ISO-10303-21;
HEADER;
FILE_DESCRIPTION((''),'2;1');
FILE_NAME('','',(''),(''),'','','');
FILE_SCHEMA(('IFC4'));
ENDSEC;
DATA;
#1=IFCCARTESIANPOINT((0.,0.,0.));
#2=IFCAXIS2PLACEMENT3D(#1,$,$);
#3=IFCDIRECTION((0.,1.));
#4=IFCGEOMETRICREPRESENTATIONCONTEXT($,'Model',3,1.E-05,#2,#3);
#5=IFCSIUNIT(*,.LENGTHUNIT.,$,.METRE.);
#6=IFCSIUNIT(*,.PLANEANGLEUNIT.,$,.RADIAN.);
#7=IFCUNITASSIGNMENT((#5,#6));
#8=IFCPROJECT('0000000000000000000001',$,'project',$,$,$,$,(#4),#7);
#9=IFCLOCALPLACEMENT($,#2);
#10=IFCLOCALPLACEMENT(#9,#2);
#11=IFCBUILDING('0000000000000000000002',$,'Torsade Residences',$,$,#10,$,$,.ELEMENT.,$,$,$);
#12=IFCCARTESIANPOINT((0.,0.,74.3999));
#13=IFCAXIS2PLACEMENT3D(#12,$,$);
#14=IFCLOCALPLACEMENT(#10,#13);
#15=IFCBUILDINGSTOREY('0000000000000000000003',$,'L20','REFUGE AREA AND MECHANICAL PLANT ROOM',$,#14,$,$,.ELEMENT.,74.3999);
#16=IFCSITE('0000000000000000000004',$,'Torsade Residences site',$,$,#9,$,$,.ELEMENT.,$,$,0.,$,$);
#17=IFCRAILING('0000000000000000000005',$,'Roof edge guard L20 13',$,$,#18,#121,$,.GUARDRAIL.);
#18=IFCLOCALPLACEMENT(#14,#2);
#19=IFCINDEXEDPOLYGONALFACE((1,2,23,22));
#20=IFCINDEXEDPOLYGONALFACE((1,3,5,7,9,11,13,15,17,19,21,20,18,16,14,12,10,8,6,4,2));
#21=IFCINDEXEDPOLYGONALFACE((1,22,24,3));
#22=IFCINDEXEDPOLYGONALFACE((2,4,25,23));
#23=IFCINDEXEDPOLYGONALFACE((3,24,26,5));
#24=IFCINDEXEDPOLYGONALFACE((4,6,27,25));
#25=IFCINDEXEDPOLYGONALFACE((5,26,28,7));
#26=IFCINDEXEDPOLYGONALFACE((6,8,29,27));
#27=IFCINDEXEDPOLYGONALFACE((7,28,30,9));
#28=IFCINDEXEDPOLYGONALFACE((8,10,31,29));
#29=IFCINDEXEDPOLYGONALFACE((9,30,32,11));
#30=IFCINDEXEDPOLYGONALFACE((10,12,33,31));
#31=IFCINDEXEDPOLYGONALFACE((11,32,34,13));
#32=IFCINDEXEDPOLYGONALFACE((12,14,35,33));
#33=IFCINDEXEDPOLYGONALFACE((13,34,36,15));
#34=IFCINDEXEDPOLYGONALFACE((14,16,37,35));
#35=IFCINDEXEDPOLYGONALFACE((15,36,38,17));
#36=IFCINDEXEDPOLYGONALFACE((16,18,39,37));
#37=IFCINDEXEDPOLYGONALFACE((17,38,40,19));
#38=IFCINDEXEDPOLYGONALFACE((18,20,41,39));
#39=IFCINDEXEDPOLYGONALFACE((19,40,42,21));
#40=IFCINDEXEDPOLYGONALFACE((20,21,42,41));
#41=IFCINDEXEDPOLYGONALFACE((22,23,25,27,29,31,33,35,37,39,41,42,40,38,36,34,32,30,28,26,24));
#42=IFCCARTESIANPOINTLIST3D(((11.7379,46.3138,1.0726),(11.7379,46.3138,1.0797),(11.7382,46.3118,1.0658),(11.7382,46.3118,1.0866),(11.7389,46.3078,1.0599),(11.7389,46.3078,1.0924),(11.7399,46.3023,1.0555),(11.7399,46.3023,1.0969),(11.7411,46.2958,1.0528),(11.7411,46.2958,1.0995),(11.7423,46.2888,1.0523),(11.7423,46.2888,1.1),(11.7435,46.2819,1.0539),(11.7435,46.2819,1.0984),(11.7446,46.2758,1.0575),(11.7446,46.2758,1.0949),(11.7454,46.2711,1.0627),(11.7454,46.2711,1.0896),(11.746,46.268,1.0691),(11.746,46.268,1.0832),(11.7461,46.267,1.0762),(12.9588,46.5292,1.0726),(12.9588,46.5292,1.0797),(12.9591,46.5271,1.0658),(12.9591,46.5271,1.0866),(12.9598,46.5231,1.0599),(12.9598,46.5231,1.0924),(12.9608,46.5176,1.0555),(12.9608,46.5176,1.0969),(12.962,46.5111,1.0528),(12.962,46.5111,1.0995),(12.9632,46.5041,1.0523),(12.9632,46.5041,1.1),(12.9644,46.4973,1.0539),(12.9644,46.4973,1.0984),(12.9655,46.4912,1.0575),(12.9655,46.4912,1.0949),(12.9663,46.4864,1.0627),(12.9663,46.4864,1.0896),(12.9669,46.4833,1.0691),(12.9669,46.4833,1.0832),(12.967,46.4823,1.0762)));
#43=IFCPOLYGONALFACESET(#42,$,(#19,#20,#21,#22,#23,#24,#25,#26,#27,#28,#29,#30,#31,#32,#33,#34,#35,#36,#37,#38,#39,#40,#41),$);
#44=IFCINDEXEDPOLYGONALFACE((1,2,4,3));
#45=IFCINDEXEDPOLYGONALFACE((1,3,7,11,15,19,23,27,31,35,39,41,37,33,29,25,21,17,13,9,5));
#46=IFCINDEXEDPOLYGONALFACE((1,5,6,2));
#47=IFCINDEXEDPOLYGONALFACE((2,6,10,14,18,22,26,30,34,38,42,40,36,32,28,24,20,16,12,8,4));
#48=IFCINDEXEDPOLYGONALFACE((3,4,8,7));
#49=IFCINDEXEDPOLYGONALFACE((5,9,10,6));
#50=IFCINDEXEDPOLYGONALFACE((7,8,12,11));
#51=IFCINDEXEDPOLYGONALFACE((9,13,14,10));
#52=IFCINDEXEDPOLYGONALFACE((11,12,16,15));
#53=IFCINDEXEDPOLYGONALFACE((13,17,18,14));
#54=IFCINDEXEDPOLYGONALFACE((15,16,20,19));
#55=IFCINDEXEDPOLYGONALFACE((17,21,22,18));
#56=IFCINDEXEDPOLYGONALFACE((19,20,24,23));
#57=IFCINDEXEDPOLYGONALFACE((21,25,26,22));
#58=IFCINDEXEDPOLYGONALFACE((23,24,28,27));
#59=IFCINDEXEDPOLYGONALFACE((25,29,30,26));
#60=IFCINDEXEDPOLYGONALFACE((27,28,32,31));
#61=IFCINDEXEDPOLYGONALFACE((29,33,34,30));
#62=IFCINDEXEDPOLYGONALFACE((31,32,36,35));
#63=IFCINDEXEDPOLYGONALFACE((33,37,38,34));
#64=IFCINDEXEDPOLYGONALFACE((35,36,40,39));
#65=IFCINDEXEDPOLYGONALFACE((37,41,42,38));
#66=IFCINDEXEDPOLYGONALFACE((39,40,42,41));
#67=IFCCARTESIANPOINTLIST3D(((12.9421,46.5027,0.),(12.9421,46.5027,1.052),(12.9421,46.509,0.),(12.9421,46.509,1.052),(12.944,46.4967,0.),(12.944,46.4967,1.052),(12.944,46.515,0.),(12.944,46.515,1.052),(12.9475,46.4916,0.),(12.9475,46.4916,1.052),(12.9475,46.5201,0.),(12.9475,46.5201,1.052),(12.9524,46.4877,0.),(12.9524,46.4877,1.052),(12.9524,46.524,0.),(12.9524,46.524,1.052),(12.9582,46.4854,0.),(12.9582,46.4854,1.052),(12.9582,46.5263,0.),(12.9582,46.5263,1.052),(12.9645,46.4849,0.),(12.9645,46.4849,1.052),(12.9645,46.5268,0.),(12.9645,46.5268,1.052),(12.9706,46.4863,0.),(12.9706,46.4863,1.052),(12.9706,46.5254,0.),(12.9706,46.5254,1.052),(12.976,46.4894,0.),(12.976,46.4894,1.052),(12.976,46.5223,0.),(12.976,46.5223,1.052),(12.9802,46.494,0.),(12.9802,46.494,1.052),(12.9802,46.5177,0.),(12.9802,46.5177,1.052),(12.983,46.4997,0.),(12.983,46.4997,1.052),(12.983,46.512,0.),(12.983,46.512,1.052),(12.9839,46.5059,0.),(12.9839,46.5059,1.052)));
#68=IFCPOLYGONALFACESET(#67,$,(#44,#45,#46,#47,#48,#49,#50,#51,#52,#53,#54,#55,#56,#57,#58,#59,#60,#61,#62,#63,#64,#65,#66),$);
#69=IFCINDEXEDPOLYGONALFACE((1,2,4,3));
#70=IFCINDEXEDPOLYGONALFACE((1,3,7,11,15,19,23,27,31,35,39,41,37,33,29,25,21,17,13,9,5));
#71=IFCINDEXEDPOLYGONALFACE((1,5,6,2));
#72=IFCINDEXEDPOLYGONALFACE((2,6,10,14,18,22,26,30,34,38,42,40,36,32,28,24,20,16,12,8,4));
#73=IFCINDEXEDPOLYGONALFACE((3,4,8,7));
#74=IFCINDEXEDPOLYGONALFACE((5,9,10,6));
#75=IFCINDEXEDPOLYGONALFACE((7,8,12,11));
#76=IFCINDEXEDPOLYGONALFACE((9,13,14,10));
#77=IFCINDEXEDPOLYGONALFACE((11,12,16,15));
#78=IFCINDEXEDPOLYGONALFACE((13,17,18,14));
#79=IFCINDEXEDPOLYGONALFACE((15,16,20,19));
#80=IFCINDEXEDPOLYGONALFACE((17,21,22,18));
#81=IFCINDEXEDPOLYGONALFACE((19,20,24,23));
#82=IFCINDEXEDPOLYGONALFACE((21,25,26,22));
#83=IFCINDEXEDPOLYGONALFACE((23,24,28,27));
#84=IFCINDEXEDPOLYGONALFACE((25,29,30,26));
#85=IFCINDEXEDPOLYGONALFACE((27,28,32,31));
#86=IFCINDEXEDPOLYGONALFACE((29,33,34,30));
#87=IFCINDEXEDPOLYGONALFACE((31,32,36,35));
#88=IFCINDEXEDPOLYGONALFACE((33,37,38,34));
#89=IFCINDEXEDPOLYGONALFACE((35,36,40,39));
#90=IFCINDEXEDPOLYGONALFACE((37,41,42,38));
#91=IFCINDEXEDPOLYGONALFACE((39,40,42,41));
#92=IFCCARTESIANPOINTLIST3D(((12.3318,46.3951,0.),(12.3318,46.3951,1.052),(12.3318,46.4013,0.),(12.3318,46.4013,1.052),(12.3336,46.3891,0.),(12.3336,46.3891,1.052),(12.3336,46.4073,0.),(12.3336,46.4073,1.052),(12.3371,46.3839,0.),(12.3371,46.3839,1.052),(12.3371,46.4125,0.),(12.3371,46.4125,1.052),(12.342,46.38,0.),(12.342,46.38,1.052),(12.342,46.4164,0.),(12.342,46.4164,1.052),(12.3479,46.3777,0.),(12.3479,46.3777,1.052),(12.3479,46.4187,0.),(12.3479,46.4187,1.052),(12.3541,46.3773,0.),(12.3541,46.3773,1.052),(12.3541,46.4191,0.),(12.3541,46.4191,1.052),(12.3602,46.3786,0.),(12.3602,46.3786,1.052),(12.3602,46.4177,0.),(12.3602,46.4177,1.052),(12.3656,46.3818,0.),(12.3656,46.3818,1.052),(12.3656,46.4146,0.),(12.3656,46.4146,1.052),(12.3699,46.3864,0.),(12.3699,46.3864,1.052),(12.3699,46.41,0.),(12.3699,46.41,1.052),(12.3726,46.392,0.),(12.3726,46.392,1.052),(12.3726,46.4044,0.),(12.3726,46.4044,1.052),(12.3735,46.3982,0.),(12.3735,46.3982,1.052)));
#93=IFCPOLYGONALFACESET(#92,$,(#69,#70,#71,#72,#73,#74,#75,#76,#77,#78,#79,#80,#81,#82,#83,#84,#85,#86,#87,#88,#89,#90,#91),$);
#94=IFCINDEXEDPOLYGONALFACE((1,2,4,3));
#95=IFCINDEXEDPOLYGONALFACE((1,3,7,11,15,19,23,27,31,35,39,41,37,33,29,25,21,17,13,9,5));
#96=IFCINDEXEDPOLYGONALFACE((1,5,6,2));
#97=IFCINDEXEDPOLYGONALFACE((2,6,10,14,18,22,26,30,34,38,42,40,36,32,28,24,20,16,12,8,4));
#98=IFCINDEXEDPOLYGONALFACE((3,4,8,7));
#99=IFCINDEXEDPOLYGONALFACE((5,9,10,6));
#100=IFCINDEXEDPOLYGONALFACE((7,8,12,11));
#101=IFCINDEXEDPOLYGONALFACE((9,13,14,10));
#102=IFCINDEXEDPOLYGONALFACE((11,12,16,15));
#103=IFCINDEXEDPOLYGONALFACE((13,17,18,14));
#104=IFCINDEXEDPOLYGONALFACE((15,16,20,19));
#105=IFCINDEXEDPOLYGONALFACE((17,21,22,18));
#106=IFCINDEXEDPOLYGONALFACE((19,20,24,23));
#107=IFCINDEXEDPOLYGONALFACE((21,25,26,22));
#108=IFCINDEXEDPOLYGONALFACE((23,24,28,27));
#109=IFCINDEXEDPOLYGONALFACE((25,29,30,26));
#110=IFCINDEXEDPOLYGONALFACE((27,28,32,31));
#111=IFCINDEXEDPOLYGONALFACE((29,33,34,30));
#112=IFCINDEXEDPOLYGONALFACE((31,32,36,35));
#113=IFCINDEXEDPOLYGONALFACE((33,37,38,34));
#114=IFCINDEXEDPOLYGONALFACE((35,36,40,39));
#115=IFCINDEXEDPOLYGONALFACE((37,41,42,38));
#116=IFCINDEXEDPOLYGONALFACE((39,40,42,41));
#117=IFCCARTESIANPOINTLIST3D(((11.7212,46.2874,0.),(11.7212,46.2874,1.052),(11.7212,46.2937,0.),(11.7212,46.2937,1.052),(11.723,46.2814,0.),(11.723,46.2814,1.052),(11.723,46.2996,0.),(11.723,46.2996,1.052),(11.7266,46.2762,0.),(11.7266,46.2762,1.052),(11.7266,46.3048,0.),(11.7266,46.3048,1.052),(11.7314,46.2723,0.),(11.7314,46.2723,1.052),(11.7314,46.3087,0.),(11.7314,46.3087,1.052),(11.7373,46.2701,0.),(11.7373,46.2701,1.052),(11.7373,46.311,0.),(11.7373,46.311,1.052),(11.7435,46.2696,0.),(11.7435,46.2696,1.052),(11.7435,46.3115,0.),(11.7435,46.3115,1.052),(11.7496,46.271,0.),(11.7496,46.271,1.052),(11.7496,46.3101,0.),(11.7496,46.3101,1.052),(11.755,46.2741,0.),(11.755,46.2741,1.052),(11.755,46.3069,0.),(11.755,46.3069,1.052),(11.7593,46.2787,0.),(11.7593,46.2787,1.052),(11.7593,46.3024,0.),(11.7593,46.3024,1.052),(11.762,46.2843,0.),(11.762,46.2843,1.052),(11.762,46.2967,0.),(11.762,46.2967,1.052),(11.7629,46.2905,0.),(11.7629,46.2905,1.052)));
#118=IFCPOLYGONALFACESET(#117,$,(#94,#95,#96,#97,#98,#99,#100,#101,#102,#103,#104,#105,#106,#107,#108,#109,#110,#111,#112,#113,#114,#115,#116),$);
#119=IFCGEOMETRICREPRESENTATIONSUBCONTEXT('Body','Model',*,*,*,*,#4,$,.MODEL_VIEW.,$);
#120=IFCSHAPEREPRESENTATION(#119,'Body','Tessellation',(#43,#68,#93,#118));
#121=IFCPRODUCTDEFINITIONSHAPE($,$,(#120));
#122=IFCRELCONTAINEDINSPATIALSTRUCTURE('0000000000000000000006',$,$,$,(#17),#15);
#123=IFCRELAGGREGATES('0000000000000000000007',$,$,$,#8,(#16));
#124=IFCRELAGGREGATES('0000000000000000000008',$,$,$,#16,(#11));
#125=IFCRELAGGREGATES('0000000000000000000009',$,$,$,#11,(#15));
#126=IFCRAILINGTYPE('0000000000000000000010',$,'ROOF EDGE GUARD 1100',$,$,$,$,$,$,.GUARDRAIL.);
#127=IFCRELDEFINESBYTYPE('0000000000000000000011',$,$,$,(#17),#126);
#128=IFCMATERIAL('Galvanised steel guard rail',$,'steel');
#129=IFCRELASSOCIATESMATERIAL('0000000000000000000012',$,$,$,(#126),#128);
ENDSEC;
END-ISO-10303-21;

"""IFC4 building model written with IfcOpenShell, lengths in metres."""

from ifc_helpers import new_model, si_unit, direction, frame, origin, origin_2d, place, context, subcontext, project, spatial, circle, extrude, material, type_object, element, save


model = new_model("IFC4")

# Units and contexts
model_context = context("Model", 3, precision=1e-05, world=origin(), true_north=direction((0.0, 1.0)))
body_context = subcontext(model_context, "Body", "Model", "MODEL_VIEW")
ifc_project = project(units=[si_unit("LENGTHUNIT", "METRE"), si_unit("PLANEANGLEUNIT", "RADIAN")], contexts=[model_context])

# Site, building, storey
site_placement = place(None, origin())
site = spatial("IfcSite", under=ifc_project, at=site_placement, Name="Torsade Residences site", CompositionType="ELEMENT", RefElevation=0.0)
building_placement = place(site_placement, origin())
building = spatial("IfcBuilding", under=site, at=building_placement, Name="Torsade Residences", CompositionType="ELEMENT")
storey_placement = place(building_placement, frame((0.0, 0.0, 74.3999)))
storey = spatial("IfcBuildingStorey", under=building, at=storey_placement, Name="L20", Description="REFUGE AREA AND MECHANICAL PLANT ROOM", CompositionType="ELEMENT", Elevation=74.3999)

# Railing
ifc_material_1 = material(Name="Galvanised steel guard rail", Category="steel")
railing_type = type_object("IfcRailingType", Name="ROOF EDGE GUARD 1100", PredefinedType="GUARDRAIL", material=ifc_material_1)
railing_1_placement = place(storey_placement, frame((12.9629, 46.5059, 0.0)))
element("IfcRailing", 1, at=railing_1_placement, inside=storey, type_object=railing_type, Name="Roof edge guard L20 13", PredefinedType="GUARDRAIL", context=body_context, shape_type="SweptSolid", body=[
    extrude(circle(Radius=0.0239, at=origin_2d()), frame((0.0, 0.0, 1.0762), z_axis=(-0.984801, -0.173684, 0.0), x_axis=(0.173684, -0.984801, 0.0)), (0.0, 0.0, 1.0), 1.2397),
    extrude(circle(Radius=0.021, at=origin_2d()), origin(), (0.0, 0.0, 1.0), 1.052),
    extrude(circle(Radius=0.021, at=origin_2d()), frame((-0.6104, -0.1077, 0.0)), (0.0, 0.0, 1.0), 1.052),
    extrude(circle(Radius=0.021, at=origin_2d()), frame((-1.2209, -0.2153, 0.0)), (0.0, 0.0, 1.0), 1.052),
])

save(model, "model.ifc")
